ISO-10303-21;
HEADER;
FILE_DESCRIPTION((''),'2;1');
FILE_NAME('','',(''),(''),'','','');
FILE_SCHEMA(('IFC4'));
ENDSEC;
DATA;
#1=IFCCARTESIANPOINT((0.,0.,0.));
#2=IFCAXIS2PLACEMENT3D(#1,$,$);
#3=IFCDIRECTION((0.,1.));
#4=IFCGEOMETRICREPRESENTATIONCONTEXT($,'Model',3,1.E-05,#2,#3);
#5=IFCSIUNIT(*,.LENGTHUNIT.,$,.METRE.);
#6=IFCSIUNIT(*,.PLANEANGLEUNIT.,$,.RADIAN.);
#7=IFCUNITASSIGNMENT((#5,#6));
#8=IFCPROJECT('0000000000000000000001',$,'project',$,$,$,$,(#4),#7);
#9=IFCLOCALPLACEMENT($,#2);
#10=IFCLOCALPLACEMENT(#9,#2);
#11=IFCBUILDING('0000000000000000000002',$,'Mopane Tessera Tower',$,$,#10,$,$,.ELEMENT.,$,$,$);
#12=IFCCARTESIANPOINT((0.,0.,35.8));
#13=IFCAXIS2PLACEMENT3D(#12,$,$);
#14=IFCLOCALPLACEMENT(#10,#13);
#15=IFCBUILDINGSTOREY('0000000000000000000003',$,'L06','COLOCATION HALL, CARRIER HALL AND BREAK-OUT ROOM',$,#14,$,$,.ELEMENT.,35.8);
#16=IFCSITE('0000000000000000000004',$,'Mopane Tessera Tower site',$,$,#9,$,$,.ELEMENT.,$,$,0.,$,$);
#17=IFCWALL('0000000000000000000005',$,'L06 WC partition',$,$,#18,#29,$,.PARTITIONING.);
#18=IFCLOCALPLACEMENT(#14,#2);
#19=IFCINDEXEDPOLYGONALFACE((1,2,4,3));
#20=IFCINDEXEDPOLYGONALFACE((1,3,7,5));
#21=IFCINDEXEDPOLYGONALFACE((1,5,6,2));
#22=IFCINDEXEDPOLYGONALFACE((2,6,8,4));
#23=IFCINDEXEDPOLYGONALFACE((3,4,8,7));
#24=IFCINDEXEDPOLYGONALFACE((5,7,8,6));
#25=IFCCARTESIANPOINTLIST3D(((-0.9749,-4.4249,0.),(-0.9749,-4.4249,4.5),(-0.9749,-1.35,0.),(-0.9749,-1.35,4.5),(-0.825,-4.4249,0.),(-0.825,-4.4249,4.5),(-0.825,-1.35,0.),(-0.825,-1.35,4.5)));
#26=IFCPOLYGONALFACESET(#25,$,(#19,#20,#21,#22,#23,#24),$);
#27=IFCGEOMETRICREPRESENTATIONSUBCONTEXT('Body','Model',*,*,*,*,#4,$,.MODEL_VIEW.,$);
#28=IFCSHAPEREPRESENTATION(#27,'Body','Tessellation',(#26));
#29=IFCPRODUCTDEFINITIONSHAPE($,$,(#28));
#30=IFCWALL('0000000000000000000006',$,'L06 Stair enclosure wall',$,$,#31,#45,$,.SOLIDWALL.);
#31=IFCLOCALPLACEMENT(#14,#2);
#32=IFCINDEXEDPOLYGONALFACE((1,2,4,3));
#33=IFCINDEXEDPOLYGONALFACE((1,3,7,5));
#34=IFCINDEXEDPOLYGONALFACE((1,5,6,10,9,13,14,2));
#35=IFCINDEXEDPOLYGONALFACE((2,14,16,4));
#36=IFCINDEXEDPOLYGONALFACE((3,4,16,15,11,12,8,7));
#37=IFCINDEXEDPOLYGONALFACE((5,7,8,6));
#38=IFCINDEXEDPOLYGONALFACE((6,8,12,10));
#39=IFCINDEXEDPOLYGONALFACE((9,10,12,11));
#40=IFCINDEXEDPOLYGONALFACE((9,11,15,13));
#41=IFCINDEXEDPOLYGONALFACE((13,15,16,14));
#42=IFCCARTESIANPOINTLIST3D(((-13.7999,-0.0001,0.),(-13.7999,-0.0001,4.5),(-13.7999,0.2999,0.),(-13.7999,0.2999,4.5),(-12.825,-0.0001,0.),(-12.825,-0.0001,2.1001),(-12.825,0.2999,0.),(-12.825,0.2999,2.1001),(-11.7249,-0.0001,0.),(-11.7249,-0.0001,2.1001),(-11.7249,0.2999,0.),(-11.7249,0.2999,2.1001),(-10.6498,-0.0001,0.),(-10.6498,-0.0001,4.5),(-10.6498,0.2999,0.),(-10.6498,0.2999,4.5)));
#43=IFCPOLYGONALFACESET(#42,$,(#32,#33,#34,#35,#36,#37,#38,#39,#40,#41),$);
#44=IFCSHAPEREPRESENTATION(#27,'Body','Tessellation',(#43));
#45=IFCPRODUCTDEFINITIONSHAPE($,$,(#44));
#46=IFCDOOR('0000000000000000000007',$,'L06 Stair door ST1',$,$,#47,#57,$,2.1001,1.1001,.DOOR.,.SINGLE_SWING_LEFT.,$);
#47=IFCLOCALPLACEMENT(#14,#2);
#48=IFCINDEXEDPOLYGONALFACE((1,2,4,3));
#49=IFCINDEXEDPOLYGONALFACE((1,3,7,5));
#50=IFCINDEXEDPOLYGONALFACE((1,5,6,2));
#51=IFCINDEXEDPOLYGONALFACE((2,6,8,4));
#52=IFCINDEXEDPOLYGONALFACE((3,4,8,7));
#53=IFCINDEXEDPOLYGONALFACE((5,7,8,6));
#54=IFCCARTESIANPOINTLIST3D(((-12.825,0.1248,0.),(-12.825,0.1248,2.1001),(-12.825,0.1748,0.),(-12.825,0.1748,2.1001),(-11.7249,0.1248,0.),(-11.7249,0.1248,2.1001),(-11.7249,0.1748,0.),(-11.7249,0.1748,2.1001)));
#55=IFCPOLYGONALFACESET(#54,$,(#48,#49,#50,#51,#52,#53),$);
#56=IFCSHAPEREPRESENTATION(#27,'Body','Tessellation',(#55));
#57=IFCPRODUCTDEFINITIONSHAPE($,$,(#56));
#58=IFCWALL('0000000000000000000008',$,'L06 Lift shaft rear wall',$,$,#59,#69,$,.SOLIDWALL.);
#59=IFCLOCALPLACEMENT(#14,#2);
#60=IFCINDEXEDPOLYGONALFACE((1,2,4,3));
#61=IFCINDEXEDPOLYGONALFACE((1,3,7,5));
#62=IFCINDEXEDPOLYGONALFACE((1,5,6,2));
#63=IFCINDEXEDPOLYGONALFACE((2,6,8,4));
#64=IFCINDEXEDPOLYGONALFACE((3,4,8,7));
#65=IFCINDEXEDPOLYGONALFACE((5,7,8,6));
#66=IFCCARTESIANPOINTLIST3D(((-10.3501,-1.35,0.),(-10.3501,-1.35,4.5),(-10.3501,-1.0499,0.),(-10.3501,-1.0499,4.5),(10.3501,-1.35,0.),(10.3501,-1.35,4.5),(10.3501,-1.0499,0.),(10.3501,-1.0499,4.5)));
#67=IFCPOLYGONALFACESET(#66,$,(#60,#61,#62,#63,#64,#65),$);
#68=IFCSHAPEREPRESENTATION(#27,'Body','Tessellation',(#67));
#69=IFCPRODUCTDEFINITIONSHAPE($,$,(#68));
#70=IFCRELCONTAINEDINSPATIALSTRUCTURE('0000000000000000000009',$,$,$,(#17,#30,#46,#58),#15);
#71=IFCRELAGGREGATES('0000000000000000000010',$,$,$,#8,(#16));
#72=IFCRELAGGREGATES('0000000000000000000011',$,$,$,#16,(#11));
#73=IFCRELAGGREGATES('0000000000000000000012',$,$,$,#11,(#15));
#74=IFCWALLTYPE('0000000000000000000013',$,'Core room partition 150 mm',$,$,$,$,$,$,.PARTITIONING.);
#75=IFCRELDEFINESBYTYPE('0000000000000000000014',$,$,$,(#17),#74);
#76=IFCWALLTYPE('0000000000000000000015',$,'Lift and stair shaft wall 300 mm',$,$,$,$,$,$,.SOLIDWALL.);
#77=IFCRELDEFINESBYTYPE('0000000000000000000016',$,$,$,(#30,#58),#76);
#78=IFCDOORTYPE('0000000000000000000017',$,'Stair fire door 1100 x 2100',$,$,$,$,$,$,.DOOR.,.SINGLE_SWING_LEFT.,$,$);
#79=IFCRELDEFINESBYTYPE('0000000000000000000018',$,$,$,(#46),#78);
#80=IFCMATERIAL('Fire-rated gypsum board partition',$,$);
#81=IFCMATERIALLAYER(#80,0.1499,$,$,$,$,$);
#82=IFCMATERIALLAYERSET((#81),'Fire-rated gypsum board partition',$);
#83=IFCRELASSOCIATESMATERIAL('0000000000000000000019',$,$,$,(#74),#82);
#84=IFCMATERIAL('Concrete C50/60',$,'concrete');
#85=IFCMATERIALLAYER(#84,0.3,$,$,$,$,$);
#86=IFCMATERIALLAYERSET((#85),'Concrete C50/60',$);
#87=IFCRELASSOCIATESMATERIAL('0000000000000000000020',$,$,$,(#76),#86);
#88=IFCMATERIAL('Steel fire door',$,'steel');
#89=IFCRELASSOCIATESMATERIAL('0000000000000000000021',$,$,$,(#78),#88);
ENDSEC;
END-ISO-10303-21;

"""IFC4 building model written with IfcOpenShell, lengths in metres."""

from ifc_helpers import new_model, si_unit, direction, frame, frame_2d, origin, place, context, subcontext, project, spatial, rectangle, extrude, material, layer, layer_set, type_object, element, fill, save


model = new_model("IFC4")

# Units and contexts
model_context = context("Model", 3, precision=1e-05, world=origin(), true_north=direction((0.0, 1.0)))
body_context = subcontext(model_context, "Body", "Model", "MODEL_VIEW")
ifc_project = project(units=[si_unit("LENGTHUNIT", "METRE"), si_unit("PLANEANGLEUNIT", "RADIAN")], contexts=[model_context])

# Site, building, storey
site_placement = place(None, origin())
site = spatial("IfcSite", under=ifc_project, at=site_placement, Name="Mopane Tessera Tower site", CompositionType="ELEMENT", RefElevation=0.0)
building_placement = place(site_placement, origin())
building = spatial("IfcBuilding", under=site, at=building_placement, Name="Mopane Tessera Tower", CompositionType="ELEMENT")
storey_placement = place(building_placement, frame((0.0, 0.0, 35.8)))
storey = spatial("IfcBuildingStorey", under=building, at=storey_placement, Name="L06", Description="COLOCATION HALL, CARRIER HALL AND BREAK-OUT ROOM", CompositionType="ELEMENT", Elevation=35.8)

# Shared definitions
ifc_material_1 = material(Name="Fire-rated gypsum board partition")
ifc_layer_1 = layer(ifc_material_1, 0.1499)
ifc_layer_set_1 = layer_set([ifc_layer_1], Name="Fire-rated gypsum board partition")
wall_type_1 = type_object("IfcWallType", Name="Core room partition 150 mm", PredefinedType="PARTITIONING", material=ifc_layer_set_1)

# Wall
for number, where, z_axis, x_axis, name in (
    (1, (-0.8999, -4.425, 0.0), (0.0, 0.0, 1.0), (0.0, 1.0, 0.0), "L06 WC partition"),
):
    element("IfcWall", number, at=place(storey_placement, frame(where, z_axis=z_axis, x_axis=x_axis)), inside=storey, type_object=wall_type_1, Name=name, PredefinedType="PARTITIONING", context=body_context, shape_type="SweptSolid", body=[
        extrude(rectangle(XDim=3.075, YDim=0.1499, at=frame_2d((1.5376, 0.0))), origin(), (0.0, 0.0, 1.0), 4.5),
    ])

# Wall, opening, door
ifc_material_2 = material(Name="Concrete C50/60", Category="concrete")
ifc_layer_2 = layer(ifc_material_2, 0.3)
ifc_layer_set_2 = layer_set([ifc_layer_2], Name="Concrete C50/60")
wall_type_2 = type_object("IfcWallType", Name="Lift and stair shaft wall 300 mm", PredefinedType="SOLIDWALL", material=ifc_layer_set_2)
wall_1_placement = place(storey_placement, frame((-13.8, 0.1499, 0.0), z_axis=(0.0, 0.0, 1.0), x_axis=(1.0, 0.0, 0.0)))
wall_1 = element("IfcWall", 2, at=wall_1_placement, inside=storey, type_object=wall_type_2, Name="L06 Stair enclosure wall", PredefinedType="SOLIDWALL", context=body_context, shape_type="SweptSolid", body=[
    extrude(rectangle(XDim=3.1501, YDim=0.3, at=frame_2d((1.5752, 0.0))), origin(), (0.0, 0.0, 1.0), 4.5),
])
opening_1_placement = place(wall_1_placement, frame((0.9751, 0.0, 0.0)))
opening_1 = element("IfcOpeningElement", 3, at=opening_1_placement, cuts=wall_1, PredefinedType="OPENING", context=body_context, shape_type="SweptSolid", body=[
    extrude(rectangle(XDim=1.1001, YDim=2.1001, at=frame_2d((0.55, 1.05))), frame((0.0, 0.1621, 0.0), z_axis=(0.0, -1.0, 0.0), x_axis=(1.0, 0.0, 0.0)), (0.0, 0.0, 1.0), 0.324),
])
ifc_material_3 = material(Name="Steel fire door", Category="steel")
door_type_1 = type_object("IfcDoorType", Name="Stair fire door 1100 x 2100", OperationType="SINGLE_SWING_LEFT", PredefinedType="DOOR", material=ifc_material_3)
door_1_placement = place(opening_1_placement, origin())
door_1 = element("IfcDoor", 4, at=door_1_placement, inside=storey, type_object=door_type_1, Name="L06 Stair door ST1", OperationType="SINGLE_SWING_LEFT", OverallHeight=2.1001, OverallWidth=1.1001, PredefinedType="DOOR", context=body_context, shape_type="SweptSolid", body=[
    extrude(rectangle(XDim=1.1001, YDim=2.1001, at=frame_2d((0.55, 1.05))), frame((0.0, 0.0249, 0.0), z_axis=(0.0, -1.0, 0.0), x_axis=(1.0, 0.0, 0.0)), (0.0, 0.0, 1.0), 0.05),
])
fill(opening_1, door_1)

# Wall
wall_2_placement = place(storey_placement, frame((-10.3501, -1.2, 0.0), z_axis=(0.0, 0.0, 1.0), x_axis=(1.0, 0.0, 0.0)))
element("IfcWall", 5, at=wall_2_placement, inside=storey, type_object=wall_type_2, Name="L06 Lift shaft rear wall", PredefinedType="SOLIDWALL", context=body_context, shape_type="SweptSolid", body=[
    extrude(rectangle(XDim=20.7002, YDim=0.3, at=frame_2d((10.3501, 0.0))), origin(), (0.0, 0.0, 1.0), 4.5),
])

save(model, "model.ifc")
